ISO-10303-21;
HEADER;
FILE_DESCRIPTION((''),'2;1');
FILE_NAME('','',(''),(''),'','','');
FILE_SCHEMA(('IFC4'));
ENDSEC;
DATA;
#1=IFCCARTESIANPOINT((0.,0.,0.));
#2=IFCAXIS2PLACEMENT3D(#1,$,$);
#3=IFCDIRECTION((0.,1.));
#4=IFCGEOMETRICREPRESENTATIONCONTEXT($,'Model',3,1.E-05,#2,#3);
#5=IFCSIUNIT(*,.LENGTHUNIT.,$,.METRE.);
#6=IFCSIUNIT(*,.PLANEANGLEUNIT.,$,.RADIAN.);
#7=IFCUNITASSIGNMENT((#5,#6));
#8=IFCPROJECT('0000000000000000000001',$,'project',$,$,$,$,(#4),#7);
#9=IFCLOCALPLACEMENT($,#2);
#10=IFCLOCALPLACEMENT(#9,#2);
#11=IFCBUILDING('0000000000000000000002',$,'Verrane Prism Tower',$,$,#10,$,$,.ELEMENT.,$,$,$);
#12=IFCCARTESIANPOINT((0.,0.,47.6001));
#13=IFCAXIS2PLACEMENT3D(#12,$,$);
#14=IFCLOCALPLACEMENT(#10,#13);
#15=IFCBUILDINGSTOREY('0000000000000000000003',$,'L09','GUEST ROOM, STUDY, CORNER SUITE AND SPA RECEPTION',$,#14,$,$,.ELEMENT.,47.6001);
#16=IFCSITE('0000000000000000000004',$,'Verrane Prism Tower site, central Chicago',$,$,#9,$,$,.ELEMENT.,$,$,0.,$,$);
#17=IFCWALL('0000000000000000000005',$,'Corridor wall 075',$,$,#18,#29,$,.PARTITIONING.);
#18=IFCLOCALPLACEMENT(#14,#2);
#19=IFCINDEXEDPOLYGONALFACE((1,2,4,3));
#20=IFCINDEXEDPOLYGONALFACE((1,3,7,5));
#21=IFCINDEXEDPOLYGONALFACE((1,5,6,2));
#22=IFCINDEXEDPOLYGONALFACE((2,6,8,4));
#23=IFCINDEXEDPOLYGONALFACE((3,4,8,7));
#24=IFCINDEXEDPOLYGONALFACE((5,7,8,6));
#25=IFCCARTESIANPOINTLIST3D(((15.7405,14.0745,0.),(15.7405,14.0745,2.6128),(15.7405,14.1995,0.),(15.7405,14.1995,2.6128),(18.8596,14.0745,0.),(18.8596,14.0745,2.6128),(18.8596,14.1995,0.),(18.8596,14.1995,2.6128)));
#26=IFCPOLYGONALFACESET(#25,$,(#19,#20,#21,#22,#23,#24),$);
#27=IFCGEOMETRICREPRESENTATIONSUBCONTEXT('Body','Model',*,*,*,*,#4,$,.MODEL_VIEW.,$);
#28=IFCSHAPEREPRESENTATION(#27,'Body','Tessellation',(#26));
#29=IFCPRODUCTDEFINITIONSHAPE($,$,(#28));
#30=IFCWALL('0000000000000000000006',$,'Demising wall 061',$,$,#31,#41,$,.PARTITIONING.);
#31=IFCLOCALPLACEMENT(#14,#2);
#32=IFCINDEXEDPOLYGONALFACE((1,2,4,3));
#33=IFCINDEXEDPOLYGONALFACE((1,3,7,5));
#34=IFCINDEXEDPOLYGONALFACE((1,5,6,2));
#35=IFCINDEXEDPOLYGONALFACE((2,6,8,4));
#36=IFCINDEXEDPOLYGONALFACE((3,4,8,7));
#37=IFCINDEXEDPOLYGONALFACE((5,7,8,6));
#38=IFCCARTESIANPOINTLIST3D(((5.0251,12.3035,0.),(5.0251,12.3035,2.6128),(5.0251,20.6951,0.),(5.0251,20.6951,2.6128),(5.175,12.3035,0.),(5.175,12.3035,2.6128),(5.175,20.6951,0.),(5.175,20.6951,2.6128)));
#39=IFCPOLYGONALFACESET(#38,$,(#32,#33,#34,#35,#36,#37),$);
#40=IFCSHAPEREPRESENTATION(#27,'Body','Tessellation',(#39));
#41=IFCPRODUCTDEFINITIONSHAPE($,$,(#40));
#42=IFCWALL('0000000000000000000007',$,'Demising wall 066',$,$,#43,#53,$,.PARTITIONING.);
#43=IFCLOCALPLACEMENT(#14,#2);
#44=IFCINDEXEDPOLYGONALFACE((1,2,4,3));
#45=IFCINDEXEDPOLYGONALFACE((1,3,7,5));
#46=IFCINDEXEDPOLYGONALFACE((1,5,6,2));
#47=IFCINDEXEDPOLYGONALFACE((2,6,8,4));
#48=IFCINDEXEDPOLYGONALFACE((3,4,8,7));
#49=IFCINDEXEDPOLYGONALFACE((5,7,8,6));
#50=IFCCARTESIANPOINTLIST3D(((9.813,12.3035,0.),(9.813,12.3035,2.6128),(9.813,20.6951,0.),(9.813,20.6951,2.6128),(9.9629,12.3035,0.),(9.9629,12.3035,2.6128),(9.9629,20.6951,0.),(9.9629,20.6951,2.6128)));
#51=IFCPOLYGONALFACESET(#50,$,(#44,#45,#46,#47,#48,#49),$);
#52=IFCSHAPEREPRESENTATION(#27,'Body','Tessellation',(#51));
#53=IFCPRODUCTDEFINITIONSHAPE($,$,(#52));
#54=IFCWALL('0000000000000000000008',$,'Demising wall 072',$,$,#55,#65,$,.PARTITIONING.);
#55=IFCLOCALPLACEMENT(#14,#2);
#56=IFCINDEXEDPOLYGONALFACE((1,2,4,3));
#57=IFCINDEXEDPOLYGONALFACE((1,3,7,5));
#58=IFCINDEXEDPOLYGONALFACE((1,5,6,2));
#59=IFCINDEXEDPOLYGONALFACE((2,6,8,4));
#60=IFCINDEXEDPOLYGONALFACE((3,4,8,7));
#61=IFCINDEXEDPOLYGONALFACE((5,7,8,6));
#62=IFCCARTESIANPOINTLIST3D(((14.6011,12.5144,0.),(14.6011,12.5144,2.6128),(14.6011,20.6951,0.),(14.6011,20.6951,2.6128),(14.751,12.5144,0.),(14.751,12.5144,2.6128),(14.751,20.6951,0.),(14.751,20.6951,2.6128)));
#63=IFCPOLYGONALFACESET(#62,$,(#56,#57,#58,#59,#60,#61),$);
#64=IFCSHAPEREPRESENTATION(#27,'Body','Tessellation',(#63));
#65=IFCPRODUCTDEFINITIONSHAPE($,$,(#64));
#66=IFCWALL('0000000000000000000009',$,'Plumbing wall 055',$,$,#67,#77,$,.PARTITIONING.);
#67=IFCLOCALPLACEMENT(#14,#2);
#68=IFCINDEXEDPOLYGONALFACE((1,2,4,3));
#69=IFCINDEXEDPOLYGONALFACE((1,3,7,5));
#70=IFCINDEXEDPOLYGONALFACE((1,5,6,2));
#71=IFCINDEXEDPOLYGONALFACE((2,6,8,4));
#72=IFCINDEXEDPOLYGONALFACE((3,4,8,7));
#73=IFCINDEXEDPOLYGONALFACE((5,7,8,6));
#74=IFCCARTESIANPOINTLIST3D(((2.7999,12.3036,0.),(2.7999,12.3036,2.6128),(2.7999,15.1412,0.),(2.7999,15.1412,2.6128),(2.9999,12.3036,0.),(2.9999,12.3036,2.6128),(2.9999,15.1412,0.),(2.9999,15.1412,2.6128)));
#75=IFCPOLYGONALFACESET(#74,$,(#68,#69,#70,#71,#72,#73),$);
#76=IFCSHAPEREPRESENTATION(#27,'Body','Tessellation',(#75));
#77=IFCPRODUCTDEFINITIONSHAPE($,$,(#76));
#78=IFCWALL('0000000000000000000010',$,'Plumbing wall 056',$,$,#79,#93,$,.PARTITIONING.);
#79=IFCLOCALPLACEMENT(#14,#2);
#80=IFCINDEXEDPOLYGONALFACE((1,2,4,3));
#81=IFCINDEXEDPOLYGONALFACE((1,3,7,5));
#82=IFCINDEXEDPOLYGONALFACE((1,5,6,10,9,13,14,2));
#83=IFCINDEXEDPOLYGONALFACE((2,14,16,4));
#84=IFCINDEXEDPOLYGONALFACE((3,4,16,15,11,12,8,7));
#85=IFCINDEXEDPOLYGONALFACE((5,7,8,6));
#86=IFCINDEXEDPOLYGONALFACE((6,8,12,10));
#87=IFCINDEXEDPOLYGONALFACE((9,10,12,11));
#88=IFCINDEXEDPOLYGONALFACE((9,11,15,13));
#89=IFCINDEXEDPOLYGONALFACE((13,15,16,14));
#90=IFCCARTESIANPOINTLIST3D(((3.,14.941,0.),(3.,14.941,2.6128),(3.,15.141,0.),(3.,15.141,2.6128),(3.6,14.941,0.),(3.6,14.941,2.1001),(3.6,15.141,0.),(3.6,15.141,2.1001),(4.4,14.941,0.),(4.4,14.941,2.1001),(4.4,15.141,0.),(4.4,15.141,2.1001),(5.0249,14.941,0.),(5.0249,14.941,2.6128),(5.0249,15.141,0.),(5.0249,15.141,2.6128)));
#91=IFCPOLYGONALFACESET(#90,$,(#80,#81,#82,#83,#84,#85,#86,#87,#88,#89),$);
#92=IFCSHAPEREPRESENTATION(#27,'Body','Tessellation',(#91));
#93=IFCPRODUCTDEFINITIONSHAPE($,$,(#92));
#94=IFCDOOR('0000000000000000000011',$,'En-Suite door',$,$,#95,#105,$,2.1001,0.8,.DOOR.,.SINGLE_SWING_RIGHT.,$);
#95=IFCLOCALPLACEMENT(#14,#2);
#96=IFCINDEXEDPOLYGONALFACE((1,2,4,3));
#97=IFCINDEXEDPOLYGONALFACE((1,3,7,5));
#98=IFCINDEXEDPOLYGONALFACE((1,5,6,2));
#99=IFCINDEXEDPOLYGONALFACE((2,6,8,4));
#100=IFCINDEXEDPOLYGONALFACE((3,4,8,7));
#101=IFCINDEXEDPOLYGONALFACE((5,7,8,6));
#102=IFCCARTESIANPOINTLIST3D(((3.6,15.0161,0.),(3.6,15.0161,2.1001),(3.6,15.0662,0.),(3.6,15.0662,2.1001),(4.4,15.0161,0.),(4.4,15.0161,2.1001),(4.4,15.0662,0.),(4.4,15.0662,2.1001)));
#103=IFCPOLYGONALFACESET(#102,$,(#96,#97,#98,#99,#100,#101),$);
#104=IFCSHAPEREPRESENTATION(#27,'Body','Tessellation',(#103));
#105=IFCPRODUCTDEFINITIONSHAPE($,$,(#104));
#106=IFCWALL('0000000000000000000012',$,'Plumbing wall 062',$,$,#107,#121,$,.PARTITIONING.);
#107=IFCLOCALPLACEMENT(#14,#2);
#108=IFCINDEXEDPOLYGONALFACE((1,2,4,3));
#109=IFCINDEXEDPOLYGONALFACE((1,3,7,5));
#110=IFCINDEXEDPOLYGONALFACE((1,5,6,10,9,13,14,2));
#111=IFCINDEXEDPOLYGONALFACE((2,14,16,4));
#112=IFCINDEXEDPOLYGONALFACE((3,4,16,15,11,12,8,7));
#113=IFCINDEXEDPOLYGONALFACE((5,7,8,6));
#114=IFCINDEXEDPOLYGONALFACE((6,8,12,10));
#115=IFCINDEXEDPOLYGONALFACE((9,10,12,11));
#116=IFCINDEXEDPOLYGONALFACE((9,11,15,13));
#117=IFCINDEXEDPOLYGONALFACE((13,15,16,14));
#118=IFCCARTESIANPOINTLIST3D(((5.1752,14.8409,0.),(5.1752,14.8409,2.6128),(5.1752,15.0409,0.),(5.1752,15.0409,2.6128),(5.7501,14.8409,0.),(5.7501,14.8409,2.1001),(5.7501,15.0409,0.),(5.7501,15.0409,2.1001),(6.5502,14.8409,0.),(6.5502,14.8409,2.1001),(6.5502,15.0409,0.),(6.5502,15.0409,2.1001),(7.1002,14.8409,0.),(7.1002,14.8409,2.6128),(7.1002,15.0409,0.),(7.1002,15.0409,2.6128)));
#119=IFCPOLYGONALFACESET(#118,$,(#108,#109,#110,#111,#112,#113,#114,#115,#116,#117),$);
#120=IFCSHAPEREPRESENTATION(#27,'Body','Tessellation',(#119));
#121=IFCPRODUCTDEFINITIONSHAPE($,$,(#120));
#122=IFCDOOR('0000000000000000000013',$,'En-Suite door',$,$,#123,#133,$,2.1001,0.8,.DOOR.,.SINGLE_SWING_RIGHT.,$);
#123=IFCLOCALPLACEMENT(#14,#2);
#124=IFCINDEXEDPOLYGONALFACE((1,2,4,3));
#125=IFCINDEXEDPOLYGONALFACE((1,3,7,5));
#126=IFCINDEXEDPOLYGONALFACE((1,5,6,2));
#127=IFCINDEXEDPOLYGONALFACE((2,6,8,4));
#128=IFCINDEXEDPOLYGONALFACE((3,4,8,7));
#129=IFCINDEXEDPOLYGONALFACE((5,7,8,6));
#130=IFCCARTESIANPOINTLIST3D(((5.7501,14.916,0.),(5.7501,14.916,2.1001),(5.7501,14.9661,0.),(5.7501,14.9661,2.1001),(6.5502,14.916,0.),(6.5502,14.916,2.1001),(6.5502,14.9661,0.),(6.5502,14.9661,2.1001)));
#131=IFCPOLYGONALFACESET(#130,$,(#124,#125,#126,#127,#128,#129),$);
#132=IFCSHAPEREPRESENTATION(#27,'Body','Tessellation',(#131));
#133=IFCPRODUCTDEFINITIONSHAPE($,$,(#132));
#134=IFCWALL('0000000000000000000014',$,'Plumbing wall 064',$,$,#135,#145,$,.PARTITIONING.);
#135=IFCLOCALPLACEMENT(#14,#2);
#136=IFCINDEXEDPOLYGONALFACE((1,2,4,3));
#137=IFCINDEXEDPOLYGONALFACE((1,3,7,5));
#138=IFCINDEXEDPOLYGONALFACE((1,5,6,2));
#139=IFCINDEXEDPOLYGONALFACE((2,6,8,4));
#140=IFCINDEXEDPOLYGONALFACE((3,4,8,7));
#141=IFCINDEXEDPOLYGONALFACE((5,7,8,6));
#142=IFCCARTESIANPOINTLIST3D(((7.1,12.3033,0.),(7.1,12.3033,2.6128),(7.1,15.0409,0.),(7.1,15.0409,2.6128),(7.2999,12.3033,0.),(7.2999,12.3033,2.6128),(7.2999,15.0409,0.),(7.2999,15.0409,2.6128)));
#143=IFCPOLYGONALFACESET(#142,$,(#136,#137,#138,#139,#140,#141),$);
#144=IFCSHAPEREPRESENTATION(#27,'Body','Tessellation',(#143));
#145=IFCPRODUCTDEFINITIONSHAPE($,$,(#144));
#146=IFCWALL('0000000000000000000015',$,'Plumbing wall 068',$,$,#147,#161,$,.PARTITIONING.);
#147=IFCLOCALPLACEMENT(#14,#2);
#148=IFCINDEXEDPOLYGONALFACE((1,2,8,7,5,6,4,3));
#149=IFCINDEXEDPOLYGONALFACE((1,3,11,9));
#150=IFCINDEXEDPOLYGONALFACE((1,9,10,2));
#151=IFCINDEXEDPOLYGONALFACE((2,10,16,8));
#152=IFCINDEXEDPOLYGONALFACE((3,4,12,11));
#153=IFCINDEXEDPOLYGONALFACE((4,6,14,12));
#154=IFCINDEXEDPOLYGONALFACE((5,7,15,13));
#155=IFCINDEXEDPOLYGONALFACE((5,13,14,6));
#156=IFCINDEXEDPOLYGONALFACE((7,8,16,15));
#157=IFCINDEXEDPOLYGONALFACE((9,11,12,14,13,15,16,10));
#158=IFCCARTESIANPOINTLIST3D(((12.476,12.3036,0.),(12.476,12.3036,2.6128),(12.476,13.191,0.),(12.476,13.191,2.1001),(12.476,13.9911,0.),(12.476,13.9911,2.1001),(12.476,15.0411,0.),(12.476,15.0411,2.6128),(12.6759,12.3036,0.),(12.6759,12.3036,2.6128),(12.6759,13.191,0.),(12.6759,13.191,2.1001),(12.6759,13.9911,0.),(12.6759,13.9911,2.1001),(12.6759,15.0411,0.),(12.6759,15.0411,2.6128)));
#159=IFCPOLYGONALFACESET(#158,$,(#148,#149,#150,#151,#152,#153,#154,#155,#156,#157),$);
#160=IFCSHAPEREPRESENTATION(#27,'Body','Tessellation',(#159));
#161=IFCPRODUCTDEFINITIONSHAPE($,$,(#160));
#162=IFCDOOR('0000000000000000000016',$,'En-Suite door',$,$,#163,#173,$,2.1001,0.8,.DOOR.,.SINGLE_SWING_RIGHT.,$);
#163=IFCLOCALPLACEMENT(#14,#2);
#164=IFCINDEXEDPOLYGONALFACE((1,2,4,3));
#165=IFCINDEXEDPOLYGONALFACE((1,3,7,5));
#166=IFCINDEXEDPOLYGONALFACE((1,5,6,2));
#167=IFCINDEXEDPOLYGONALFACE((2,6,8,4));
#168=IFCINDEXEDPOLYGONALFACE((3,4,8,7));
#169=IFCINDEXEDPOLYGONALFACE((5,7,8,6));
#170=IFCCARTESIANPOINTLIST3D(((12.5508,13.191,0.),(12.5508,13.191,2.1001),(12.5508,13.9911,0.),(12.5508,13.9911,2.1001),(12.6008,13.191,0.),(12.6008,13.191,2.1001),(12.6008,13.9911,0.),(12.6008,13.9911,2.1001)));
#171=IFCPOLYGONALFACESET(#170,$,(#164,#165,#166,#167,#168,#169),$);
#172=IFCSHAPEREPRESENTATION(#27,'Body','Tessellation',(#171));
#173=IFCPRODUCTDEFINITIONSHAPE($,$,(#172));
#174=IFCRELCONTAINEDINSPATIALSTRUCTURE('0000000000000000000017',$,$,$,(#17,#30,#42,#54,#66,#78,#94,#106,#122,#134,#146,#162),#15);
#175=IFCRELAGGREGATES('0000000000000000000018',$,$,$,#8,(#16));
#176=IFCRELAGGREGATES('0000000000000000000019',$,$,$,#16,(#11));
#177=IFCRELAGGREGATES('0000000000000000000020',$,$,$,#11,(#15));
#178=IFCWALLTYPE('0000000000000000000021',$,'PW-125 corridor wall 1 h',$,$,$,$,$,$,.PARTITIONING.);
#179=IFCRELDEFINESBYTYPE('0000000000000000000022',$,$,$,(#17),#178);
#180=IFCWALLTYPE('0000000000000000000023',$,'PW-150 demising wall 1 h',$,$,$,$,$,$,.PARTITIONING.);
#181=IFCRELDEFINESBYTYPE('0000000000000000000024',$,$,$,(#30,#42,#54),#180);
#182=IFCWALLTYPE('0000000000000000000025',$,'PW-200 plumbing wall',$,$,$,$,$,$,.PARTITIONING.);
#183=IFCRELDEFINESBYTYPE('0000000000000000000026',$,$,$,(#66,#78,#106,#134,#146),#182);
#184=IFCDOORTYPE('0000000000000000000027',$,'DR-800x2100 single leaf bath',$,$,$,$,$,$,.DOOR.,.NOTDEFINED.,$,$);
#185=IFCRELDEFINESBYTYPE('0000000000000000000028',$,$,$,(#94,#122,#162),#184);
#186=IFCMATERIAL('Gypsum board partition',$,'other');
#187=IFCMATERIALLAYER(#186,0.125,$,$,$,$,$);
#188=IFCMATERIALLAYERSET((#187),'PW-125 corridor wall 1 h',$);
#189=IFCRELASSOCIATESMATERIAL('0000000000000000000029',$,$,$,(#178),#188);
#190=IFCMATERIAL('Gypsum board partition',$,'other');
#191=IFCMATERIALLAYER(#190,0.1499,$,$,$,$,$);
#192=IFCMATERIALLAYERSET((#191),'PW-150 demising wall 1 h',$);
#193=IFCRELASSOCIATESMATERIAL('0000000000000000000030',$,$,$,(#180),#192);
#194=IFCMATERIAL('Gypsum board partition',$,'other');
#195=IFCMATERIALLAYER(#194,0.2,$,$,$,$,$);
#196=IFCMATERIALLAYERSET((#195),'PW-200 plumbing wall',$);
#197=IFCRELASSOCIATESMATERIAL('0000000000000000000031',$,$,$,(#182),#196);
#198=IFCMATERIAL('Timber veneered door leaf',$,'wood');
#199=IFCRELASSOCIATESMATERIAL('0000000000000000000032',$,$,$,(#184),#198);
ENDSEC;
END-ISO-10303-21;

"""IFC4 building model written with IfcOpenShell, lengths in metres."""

from ifc_helpers import new_model, si_unit, direction, frame, frame_2d, origin, place, context, subcontext, project, spatial, rectangle, extrude, material, layer, layer_set, type_object, element, fill, save


model = new_model("IFC4")

# Units and contexts
model_context = context("Model", 3, precision=1e-05, world=origin(), true_north=direction((0.0, 1.0)))
body_context = subcontext(model_context, "Body", "Model", "MODEL_VIEW")
ifc_project = project(units=[si_unit("LENGTHUNIT", "METRE"), si_unit("PLANEANGLEUNIT", "RADIAN")], contexts=[model_context])

# Site, building, storey
site_placement = place(None, origin())
site = spatial("IfcSite", under=ifc_project, at=site_placement, Name="Verrane Prism Tower site, central Chicago", CompositionType="ELEMENT", RefElevation=0.0)
building_placement = place(site_placement, origin())
building = spatial("IfcBuilding", under=site, at=building_placement, Name="Verrane Prism Tower", CompositionType="ELEMENT")
storey_placement = place(building_placement, frame((0.0, 0.0, 47.6001)))
storey = spatial("IfcBuildingStorey", under=building, at=storey_placement, Name="L09", Description="GUEST ROOM, STUDY, CORNER SUITE AND SPA RECEPTION", CompositionType="ELEMENT", Elevation=47.6001)

# Walls
ifc_material_1 = material(Name="Gypsum board partition", Category="other")
ifc_layer_1 = layer(ifc_material_1, 0.125)
ifc_layer_set_1 = layer_set([ifc_layer_1], Name="PW-125 corridor wall 1 h")
wall_type_1 = type_object("IfcWallType", Name="PW-125 corridor wall 1 h", PredefinedType="PARTITIONING", material=ifc_layer_set_1)
wall_1_placement = place(storey_placement, frame((15.7405, 14.137, 0.0), z_axis=(0.0, 0.0, 1.0), x_axis=(1.0, 0.0, 0.0)))
element("IfcWall", 1, at=wall_1_placement, inside=storey, type_object=wall_type_1, Name="Corridor wall 075", PredefinedType="PARTITIONING", context=body_context, shape_type="SweptSolid", body=[
    extrude(rectangle(XDim=3.1191, YDim=0.125, at=frame_2d((1.5596, 0.0))), origin(), (0.0, 0.0, 1.0), 2.6128),
])
ifc_material_2 = material(Name="Gypsum board partition", Category="other")
ifc_layer_2 = layer(ifc_material_2, 0.1499)
ifc_layer_set_2 = layer_set([ifc_layer_2], Name="PW-150 demising wall 1 h")
wall_type_2 = type_object("IfcWallType", Name="PW-150 demising wall 1 h", PredefinedType="PARTITIONING", material=ifc_layer_set_2)
for number, where, z_axis, x_axis, name in (
    (2, (5.1001, 12.3035, 0.0), (0.0, 0.0, 1.0), (0.0, 1.0, 0.0), "Demising wall 061"),
    (3, (9.8879, 12.3035, 0.0), (0.0, 0.0, 1.0), (0.0, 1.0, 0.0), "Demising wall 066"),
):
    element("IfcWall", number, at=place(storey_placement, frame(where, z_axis=z_axis, x_axis=x_axis)), inside=storey, type_object=wall_type_2, Name=name, PredefinedType="PARTITIONING", context=body_context, shape_type="SweptSolid", body=[
        extrude(rectangle(XDim=8.3916, YDim=0.1499, at=frame_2d((4.1958, 0.0))), origin(), (0.0, 0.0, 1.0), 2.6128),
    ])
wall_2_placement = place(storey_placement, frame((14.676, 12.5144, 0.0), z_axis=(0.0, 0.0, 1.0), x_axis=(0.0, 1.0, 0.0)))
element("IfcWall", 4, at=wall_2_placement, inside=storey, type_object=wall_type_2, Name="Demising wall 072", PredefinedType="PARTITIONING", context=body_context, shape_type="SweptSolid", body=[
    extrude(rectangle(XDim=8.1807, YDim=0.1499, at=frame_2d((4.0903, 0.0))), origin(), (0.0, 0.0, 1.0), 2.6128),
])
ifc_material_3 = material(Name="Gypsum board partition", Category="other")
ifc_layer_3 = layer(ifc_material_3, 0.2)
ifc_layer_set_3 = layer_set([ifc_layer_3], Name="PW-200 plumbing wall")
wall_type_3 = type_object("IfcWallType", Name="PW-200 plumbing wall", PredefinedType="PARTITIONING", material=ifc_layer_set_3)
wall_3_placement = place(storey_placement, frame((2.8999, 12.3035, 0.0), z_axis=(0.0, 0.0, 1.0), x_axis=(0.0, 1.0, 0.0)))
element("IfcWall", 5, at=wall_3_placement, inside=storey, type_object=wall_type_3, Name="Plumbing wall 055", PredefinedType="PARTITIONING", context=body_context, shape_type="SweptSolid", body=[
    extrude(rectangle(XDim=2.8376, YDim=0.2, at=frame_2d((1.4189, 0.0))), origin(), (0.0, 0.0, 1.0), 2.6128),
])

# Walls, openings, doors
wall_4_placement = place(storey_placement, frame((5.0249, 15.041, 0.0), z_axis=(0.0, 0.0, 1.0), x_axis=(-1.0, 0.0, 0.0)))
wall_4 = element("IfcWall", 6, at=wall_4_placement, inside=storey, type_object=wall_type_3, Name="Plumbing wall 056", PredefinedType="PARTITIONING", context=body_context, shape_type="SweptSolid", body=[
    extrude(rectangle(XDim=2.0249, YDim=0.2, at=frame_2d((1.0125, 0.0))), origin(), (0.0, 0.0, 1.0), 2.6128),
])
opening_1_placement = place(wall_4_placement, frame((0.625, 0.0, 0.0)))
opening_1 = element("IfcOpeningElement", 7, at=opening_1_placement, cuts=wall_4, PredefinedType="OPENING", context=body_context, shape_type="SweptSolid", body=[
    extrude(rectangle(XDim=0.8, YDim=2.1001, at=frame_2d((0.3999, 1.05))), frame((0.0, 0.1099, 0.0), z_axis=(0.0, -1.0, 0.0), x_axis=(1.0, 0.0, 0.0)), (0.0, 0.0, 1.0), 0.22),
])
ifc_material_4 = material(Name="Timber veneered door leaf", Category="wood")
door_type = type_object("IfcDoorType", Name="DR-800x2100 single leaf bath", OperationType="NOTDEFINED", PredefinedType="DOOR", material=ifc_material_4)
door_1_placement = place(opening_1_placement, origin())
door_1 = element("IfcDoor", 8, at=door_1_placement, inside=storey, type_object=door_type, Name="En-Suite door", OperationType="SINGLE_SWING_RIGHT", OverallHeight=2.1001, OverallWidth=0.8, PredefinedType="DOOR", context=body_context, shape_type="SweptSolid", body=[
    extrude(rectangle(XDim=0.8, YDim=2.1001, at=frame_2d((0.3999, 1.05))), frame((0.0, 0.0249, 0.0), z_axis=(0.0, -1.0, 0.0), x_axis=(1.0, 0.0, 0.0)), (0.0, 0.0, 1.0), 0.05),
])
fill(opening_1, door_1)
wall_5_placement = place(storey_placement, frame((7.1001, 14.9409, 0.0), z_axis=(0.0, 0.0, 1.0), x_axis=(-1.0, 0.0, 0.0)))
wall_5 = element("IfcWall", 9, at=wall_5_placement, inside=storey, type_object=wall_type_3, Name="Plumbing wall 062", PredefinedType="PARTITIONING", context=body_context, shape_type="SweptSolid", body=[
    extrude(rectangle(XDim=1.925, YDim=0.2, at=frame_2d((0.9624, 0.0))), origin(), (0.0, 0.0, 1.0), 2.6128),
])
opening_2_placement = place(wall_5_placement, frame((0.55, 0.0, 0.0)))
opening_2 = element("IfcOpeningElement", 10, at=opening_2_placement, cuts=wall_5, PredefinedType="OPENING", context=body_context, shape_type="SweptSolid", body=[
    extrude(rectangle(XDim=0.8, YDim=2.1001, at=frame_2d((0.3999, 1.05))), frame((0.0, 0.1099, 0.0), z_axis=(0.0, -1.0, 0.0), x_axis=(1.0, 0.0, 0.0)), (0.0, 0.0, 1.0), 0.22),
])
door_2_placement = place(opening_2_placement, origin())
door_2 = element("IfcDoor", 11, at=door_2_placement, inside=storey, type_object=door_type, Name="En-Suite door", OperationType="SINGLE_SWING_RIGHT", OverallHeight=2.1001, OverallWidth=0.8, PredefinedType="DOOR", context=body_context, shape_type="SweptSolid", body=[
    extrude(rectangle(XDim=0.8, YDim=2.1001, at=frame_2d((0.3999, 1.05))), frame((0.0, 0.0249, 0.0), z_axis=(0.0, -1.0, 0.0), x_axis=(1.0, 0.0, 0.0)), (0.0, 0.0, 1.0), 0.05),
])
fill(opening_2, door_2)

# Wall
wall_6_placement = place(storey_placement, frame((7.2, 12.3035, 0.0), z_axis=(0.0, 0.0, 1.0), x_axis=(0.0, 1.0, 0.0)))
element("IfcWall", 12, at=wall_6_placement, inside=storey, type_object=wall_type_3, Name="Plumbing wall 064", PredefinedType="PARTITIONING", context=body_context, shape_type="SweptSolid", body=[
    extrude(rectangle(XDim=2.7375, YDim=0.2, at=frame_2d((1.3687, 0.0))), origin(), (0.0, 0.0, 1.0), 2.6128),
])

# Wall, opening, door
wall_7_placement = place(storey_placement, frame((12.5759, 15.041, 0.0), z_axis=(0.0, 0.0, 1.0), x_axis=(0.0, -1.0, 0.0)))
wall_7 = element("IfcWall", 13, at=wall_7_placement, inside=storey, type_object=wall_type_3, Name="Plumbing wall 068", PredefinedType="PARTITIONING", context=body_context, shape_type="SweptSolid", body=[
    extrude(rectangle(XDim=2.7375, YDim=0.2, at=frame_2d((1.3687, 0.0))), origin(), (0.0, 0.0, 1.0), 2.6128),
])
opening_3_placement = place(wall_7_placement, frame((1.05, 0.0, 0.0)))
opening_3 = element("IfcOpeningElement", 14, at=opening_3_placement, cuts=wall_7, PredefinedType="OPENING", context=body_context, shape_type="SweptSolid", body=[
    extrude(rectangle(XDim=0.8, YDim=2.1001, at=frame_2d((0.3999, 1.05))), frame((0.0, 0.1099, 0.0), z_axis=(0.0, -1.0, 0.0), x_axis=(1.0, 0.0, 0.0)), (0.0, 0.0, 1.0), 0.22),
])
door_3_placement = place(opening_3_placement, origin())
door_3 = element("IfcDoor", 15, at=door_3_placement, inside=storey, type_object=door_type, Name="En-Suite door", OperationType="SINGLE_SWING_RIGHT", OverallHeight=2.1001, OverallWidth=0.8, PredefinedType="DOOR", context=body_context, shape_type="SweptSolid", body=[
    extrude(rectangle(XDim=0.8, YDim=2.1001, at=frame_2d((0.3999, 1.05))), frame((0.0, 0.0249, 0.0), z_axis=(0.0, -1.0, 0.0), x_axis=(1.0, 0.0, 0.0)), (0.0, 0.0, 1.0), 0.05),
])
fill(opening_3, door_3)

save(model, "model.ifc")
